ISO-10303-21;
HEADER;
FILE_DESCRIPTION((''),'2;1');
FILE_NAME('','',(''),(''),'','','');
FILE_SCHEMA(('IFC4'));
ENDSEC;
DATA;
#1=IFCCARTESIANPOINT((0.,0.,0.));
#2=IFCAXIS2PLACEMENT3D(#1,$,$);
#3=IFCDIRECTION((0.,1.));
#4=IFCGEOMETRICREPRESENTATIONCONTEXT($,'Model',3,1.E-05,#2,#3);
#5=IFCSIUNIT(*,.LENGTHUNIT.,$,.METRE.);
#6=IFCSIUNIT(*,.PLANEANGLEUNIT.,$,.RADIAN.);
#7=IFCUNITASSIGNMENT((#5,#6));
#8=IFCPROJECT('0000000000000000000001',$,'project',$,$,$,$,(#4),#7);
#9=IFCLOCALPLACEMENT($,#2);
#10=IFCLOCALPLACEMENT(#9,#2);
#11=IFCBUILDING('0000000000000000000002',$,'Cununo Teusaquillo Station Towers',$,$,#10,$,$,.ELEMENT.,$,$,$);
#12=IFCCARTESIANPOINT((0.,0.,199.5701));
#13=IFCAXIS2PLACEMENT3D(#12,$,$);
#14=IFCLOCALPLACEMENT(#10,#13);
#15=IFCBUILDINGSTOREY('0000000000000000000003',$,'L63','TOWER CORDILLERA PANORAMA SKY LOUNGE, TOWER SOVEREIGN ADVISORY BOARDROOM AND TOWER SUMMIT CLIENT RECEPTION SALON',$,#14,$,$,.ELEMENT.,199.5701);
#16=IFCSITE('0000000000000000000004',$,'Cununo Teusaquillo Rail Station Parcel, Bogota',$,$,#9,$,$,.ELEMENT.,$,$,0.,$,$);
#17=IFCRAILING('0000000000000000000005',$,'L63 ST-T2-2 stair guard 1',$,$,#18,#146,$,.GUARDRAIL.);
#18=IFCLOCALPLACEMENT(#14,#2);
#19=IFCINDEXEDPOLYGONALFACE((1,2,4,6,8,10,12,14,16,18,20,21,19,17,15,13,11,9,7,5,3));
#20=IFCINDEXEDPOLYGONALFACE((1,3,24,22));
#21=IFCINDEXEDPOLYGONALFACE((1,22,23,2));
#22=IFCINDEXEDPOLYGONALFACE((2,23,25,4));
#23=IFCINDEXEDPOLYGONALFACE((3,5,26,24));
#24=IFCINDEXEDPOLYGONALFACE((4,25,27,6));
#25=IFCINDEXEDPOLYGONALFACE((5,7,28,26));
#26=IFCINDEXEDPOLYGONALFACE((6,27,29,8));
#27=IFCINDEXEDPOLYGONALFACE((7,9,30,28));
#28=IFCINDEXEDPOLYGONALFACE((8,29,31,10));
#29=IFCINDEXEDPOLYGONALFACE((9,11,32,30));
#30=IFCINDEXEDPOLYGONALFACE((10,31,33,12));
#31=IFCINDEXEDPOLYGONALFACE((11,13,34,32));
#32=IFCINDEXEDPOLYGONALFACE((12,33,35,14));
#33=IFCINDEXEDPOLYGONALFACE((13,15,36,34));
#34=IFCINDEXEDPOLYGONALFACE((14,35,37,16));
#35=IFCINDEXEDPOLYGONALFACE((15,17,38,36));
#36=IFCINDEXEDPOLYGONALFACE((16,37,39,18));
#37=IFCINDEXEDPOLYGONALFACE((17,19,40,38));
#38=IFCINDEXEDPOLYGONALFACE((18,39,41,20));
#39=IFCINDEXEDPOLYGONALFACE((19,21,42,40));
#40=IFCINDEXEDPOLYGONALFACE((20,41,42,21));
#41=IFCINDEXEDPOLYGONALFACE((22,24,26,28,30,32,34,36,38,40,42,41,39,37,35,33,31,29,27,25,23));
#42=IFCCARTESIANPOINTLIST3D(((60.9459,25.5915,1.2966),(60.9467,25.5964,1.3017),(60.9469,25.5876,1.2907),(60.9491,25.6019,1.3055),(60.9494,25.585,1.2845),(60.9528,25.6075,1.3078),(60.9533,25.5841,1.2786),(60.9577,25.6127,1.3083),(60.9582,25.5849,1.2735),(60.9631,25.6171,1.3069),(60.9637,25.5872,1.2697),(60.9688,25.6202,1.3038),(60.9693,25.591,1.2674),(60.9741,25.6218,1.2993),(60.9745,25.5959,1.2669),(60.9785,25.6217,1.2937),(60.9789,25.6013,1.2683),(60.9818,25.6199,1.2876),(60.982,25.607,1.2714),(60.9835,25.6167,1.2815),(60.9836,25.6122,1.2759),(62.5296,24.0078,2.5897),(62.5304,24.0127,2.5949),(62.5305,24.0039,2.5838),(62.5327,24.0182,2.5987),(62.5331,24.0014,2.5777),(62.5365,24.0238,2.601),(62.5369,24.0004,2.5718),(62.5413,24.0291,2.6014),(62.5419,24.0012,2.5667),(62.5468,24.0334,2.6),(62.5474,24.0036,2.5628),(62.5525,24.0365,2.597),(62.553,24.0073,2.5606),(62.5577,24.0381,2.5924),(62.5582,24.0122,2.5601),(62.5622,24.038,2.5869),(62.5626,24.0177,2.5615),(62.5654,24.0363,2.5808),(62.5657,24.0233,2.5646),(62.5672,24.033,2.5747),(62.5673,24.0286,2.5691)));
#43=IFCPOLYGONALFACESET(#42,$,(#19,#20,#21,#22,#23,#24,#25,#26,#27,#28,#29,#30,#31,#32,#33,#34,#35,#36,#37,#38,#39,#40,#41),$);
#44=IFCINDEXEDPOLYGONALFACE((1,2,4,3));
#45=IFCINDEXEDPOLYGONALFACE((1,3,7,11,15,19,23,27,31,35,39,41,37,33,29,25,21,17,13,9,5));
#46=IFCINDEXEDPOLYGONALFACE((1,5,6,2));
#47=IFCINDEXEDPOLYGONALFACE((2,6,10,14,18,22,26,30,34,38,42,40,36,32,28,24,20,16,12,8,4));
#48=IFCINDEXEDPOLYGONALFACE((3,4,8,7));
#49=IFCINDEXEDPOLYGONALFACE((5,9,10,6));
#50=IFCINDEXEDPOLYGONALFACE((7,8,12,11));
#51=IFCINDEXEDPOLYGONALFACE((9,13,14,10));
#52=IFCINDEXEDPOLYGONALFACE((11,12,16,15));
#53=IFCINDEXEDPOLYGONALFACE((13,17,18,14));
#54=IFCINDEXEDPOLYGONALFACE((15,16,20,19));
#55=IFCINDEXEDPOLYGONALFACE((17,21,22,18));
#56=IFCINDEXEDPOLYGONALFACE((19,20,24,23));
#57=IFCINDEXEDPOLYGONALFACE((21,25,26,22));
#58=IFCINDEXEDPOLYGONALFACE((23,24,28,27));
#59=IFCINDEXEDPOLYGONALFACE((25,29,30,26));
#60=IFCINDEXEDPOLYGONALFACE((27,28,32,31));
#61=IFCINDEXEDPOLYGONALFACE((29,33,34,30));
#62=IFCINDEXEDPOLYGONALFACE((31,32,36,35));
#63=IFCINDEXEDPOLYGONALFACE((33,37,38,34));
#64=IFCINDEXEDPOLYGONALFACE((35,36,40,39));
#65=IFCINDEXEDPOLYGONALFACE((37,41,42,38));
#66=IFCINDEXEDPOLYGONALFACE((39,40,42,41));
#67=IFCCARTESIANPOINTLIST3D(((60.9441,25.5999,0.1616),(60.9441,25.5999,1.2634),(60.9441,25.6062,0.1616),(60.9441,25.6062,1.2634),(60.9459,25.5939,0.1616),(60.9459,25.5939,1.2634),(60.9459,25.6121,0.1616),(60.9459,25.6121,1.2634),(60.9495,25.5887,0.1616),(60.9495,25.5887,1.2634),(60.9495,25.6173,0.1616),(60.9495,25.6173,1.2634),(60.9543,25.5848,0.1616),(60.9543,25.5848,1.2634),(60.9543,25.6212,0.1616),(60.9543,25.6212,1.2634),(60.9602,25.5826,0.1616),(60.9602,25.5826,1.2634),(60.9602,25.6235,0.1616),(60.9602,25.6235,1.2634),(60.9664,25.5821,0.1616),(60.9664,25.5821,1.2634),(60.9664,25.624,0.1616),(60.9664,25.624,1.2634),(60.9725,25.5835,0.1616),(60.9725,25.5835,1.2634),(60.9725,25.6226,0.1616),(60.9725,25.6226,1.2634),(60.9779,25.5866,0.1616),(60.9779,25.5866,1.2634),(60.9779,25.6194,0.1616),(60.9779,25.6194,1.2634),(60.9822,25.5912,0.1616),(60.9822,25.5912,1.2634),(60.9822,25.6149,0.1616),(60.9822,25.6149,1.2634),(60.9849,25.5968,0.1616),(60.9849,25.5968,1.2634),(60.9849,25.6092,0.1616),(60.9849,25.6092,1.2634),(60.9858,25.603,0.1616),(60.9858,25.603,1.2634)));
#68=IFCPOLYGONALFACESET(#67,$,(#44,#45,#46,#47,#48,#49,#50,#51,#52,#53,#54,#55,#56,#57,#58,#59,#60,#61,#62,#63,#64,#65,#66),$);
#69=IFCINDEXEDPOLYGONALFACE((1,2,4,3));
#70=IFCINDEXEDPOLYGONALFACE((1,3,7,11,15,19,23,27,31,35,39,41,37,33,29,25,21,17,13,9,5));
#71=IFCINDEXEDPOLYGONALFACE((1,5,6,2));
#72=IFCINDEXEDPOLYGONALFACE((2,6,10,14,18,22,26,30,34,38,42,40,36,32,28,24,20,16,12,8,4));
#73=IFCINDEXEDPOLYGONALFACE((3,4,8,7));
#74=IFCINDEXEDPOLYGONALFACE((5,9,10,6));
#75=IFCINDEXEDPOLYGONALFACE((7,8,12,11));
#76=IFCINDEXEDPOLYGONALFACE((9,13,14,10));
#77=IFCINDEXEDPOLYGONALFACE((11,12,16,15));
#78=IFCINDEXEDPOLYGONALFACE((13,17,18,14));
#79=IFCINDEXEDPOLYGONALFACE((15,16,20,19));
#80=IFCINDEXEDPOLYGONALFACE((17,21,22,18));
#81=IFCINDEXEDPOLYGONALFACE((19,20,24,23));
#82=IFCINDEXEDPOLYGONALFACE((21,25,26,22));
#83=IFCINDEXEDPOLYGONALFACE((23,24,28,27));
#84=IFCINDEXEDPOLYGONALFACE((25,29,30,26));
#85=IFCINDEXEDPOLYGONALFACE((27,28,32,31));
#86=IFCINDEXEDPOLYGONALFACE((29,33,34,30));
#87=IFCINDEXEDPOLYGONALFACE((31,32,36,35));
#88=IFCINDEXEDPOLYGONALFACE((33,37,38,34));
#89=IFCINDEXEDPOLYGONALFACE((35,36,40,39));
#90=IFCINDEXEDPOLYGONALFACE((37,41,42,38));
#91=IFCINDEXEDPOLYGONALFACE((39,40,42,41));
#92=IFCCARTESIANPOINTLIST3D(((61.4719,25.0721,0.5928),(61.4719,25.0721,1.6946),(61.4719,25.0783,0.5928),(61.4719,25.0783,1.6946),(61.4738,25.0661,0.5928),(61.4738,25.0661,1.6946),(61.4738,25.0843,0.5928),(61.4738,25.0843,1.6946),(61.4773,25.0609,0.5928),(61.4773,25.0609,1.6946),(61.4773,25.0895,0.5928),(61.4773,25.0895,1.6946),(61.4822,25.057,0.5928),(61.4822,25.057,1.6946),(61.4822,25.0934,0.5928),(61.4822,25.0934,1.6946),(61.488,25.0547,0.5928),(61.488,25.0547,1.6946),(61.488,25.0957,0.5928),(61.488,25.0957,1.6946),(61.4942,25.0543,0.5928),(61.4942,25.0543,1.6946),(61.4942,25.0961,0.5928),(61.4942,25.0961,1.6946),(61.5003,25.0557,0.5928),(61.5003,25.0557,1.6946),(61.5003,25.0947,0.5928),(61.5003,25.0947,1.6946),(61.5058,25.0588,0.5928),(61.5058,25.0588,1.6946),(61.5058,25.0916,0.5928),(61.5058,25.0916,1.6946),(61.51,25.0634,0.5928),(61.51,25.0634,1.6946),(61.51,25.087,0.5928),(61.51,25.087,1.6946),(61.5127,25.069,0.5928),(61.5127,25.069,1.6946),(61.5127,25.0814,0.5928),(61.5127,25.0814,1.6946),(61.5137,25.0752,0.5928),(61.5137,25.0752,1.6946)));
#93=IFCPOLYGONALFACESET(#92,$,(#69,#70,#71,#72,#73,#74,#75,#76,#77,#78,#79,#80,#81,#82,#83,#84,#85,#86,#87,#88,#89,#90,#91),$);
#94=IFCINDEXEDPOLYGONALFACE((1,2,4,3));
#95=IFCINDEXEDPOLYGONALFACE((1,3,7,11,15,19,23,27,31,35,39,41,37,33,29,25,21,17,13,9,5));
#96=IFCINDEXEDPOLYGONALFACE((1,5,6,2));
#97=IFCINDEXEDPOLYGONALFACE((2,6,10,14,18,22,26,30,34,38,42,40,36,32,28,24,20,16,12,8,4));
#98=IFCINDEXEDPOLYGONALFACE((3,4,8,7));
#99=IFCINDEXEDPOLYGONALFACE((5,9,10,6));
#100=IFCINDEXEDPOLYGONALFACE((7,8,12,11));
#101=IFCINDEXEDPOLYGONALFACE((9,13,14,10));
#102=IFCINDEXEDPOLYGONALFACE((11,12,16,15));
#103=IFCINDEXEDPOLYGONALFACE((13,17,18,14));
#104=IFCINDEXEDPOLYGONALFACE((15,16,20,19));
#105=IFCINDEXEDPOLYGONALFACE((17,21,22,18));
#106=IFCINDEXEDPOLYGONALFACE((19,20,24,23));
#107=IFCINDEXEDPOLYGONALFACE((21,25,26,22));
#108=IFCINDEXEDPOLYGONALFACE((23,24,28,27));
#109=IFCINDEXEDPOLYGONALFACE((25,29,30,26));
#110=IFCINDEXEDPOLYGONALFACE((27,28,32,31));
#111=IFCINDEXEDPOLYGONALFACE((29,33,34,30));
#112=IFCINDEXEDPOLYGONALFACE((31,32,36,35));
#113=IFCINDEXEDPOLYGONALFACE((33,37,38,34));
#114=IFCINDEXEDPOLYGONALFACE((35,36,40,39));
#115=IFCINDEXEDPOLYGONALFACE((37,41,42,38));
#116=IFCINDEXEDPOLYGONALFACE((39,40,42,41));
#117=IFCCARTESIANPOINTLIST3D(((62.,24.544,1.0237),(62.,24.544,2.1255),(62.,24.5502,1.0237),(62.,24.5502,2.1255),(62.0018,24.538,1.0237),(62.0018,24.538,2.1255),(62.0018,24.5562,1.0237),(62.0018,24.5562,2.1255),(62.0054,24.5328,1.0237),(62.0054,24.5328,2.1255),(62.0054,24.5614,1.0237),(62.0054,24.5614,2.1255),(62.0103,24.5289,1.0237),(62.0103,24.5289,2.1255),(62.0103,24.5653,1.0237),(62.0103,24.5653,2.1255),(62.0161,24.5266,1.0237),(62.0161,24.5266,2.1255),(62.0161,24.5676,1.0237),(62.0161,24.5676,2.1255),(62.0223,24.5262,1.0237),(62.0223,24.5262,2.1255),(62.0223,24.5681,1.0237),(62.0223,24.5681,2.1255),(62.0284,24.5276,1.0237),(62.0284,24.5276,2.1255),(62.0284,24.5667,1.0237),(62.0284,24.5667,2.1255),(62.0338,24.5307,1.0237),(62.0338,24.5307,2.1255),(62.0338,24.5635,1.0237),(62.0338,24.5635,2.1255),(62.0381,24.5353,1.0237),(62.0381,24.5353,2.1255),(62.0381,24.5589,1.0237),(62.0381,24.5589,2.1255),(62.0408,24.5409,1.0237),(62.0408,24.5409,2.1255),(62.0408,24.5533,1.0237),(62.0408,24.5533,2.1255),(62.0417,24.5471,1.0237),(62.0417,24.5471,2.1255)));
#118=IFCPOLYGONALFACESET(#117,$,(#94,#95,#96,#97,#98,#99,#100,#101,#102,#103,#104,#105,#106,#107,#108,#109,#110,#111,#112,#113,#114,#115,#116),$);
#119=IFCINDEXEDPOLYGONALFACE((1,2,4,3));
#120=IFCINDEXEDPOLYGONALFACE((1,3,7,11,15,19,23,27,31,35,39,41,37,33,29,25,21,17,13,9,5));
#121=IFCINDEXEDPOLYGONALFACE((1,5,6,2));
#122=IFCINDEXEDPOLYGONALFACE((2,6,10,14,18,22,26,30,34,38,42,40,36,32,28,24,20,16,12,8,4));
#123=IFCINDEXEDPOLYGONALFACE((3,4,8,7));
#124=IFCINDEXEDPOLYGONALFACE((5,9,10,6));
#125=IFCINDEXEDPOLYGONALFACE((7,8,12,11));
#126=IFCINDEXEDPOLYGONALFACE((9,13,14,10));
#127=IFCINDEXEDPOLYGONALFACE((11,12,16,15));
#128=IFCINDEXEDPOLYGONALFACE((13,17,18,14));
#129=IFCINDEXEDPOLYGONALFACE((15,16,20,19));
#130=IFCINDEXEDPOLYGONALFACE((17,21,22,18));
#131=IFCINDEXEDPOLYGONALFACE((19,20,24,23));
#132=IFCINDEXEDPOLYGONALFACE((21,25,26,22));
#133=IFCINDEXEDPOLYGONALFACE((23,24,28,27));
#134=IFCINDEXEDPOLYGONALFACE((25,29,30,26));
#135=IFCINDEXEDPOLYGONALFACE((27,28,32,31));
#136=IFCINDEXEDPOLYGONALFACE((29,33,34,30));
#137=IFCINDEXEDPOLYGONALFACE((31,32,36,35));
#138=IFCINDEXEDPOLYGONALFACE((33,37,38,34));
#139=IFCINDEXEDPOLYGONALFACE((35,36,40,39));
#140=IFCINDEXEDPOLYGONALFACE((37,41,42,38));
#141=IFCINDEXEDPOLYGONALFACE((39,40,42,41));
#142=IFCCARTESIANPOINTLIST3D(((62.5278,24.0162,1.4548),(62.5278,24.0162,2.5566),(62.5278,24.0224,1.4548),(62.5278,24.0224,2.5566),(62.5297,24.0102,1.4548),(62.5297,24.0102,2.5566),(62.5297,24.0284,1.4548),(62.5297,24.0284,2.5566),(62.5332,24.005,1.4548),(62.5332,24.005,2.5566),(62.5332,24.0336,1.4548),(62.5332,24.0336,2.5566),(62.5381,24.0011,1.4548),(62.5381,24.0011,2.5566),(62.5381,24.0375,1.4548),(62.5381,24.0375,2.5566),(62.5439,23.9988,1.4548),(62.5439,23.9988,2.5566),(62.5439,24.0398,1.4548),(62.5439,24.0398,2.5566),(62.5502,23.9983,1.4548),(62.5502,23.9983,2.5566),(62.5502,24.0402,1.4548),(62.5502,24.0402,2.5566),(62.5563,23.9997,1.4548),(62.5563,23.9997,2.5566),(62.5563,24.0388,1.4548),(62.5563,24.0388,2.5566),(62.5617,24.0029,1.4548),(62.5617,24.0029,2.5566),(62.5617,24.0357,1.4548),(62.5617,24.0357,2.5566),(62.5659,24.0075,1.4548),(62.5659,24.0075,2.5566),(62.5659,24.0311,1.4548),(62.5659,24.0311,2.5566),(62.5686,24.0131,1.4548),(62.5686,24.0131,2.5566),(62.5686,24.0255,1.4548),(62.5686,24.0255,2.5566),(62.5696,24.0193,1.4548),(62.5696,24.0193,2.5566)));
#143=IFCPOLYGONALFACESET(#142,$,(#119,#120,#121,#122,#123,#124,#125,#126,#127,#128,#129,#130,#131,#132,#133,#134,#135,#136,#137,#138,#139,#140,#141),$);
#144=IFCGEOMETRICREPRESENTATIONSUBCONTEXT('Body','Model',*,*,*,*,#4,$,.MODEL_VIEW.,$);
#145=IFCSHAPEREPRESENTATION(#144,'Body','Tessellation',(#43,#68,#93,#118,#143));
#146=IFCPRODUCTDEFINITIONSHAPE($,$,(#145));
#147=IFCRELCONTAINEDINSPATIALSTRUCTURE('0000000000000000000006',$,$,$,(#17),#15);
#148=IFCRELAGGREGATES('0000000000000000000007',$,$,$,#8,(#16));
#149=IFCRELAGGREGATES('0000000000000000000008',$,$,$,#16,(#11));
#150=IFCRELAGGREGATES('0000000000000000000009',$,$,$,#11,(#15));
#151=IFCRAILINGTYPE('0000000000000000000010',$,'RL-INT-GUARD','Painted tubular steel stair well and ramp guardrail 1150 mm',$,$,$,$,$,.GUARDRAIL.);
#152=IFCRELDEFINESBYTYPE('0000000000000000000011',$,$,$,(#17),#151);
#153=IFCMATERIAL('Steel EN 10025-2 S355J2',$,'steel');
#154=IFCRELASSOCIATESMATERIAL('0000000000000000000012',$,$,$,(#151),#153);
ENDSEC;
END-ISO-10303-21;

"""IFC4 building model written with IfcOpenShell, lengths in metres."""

from ifc_helpers import new_model, si_unit, direction, frame, origin, origin_2d, place, context, subcontext, project, spatial, circle, extrude, material, type_object, element, save


model = new_model("IFC4")

# Units and contexts
model_context = context("Model", 3, precision=1e-05, world=origin(), true_north=direction((0.0, 1.0)))
body_context = subcontext(model_context, "Body", "Model", "MODEL_VIEW")
ifc_project = project(units=[si_unit("LENGTHUNIT", "METRE"), si_unit("PLANEANGLEUNIT", "RADIAN")], contexts=[model_context])

# Site, building, storey
site_placement = place(None, origin())
site = spatial("IfcSite", under=ifc_project, at=site_placement, Name="Cununo Teusaquillo Rail Station Parcel, Bogota", CompositionType="ELEMENT", RefElevation=0.0)
building_placement = place(site_placement, origin())
building = spatial("IfcBuilding", under=site, at=building_placement, Name="Cununo Teusaquillo Station Towers", CompositionType="ELEMENT")
storey_placement = place(building_placement, frame((0.0, 0.0, 199.5701)))
storey = spatial("IfcBuildingStorey", under=building, at=storey_placement, Name="L63", Description="TOWER CORDILLERA PANORAMA SKY LOUNGE, TOWER SOVEREIGN ADVISORY BOARDROOM AND TOWER SUMMIT CLIENT RECEPTION SALON", CompositionType="ELEMENT", Elevation=199.5701)

# Railing
ifc_material_1 = material(Name="Steel EN 10025-2 S355J2", Category="steel")
railing_type_1 = type_object("IfcRailingType", Name="RL-INT-GUARD", Description="Painted tubular steel stair well and ramp guardrail 1150 mm", PredefinedType="GUARDRAIL", material=ifc_material_1)
railing_1_placement = place(storey_placement, frame((60.9648, 25.603, 0.1616)))
element("IfcRailing", 1, at=railing_1_placement, inside=storey, type_object=railing_type_1, Name="L63 ST-T2-2 stair guard 1", PredefinedType="GUARDRAIL", context=body_context, shape_type="SweptSolid", body=[
    extrude(circle(Radius=0.0239, at=origin_2d()), frame((0.0, 0.0, 1.126), z_axis=(0.612361, -0.612361, 0.500027), x_axis=(0.707107, 0.707107, 0.0)), (0.0, 0.0, 1.0), 2.5862),
    extrude(circle(Radius=0.021, at=origin_2d()), origin(), (0.0, 0.0, 1.0), 1.1018),
    extrude(circle(Radius=0.021, at=origin_2d()), frame((0.5278, -0.5278, 0.4312)), (0.0, 0.0, 1.0), 1.1018),
    extrude(circle(Radius=0.021, at=origin_2d()), frame((1.0559, -1.0559, 0.8621)), (0.0, 0.0, 1.0), 1.1018),
    extrude(circle(Radius=0.021, at=origin_2d()), frame((1.5837, -1.5837, 1.2932)), (0.0, 0.0, 1.0), 1.1018),
])

save(model, "model.ifc")
